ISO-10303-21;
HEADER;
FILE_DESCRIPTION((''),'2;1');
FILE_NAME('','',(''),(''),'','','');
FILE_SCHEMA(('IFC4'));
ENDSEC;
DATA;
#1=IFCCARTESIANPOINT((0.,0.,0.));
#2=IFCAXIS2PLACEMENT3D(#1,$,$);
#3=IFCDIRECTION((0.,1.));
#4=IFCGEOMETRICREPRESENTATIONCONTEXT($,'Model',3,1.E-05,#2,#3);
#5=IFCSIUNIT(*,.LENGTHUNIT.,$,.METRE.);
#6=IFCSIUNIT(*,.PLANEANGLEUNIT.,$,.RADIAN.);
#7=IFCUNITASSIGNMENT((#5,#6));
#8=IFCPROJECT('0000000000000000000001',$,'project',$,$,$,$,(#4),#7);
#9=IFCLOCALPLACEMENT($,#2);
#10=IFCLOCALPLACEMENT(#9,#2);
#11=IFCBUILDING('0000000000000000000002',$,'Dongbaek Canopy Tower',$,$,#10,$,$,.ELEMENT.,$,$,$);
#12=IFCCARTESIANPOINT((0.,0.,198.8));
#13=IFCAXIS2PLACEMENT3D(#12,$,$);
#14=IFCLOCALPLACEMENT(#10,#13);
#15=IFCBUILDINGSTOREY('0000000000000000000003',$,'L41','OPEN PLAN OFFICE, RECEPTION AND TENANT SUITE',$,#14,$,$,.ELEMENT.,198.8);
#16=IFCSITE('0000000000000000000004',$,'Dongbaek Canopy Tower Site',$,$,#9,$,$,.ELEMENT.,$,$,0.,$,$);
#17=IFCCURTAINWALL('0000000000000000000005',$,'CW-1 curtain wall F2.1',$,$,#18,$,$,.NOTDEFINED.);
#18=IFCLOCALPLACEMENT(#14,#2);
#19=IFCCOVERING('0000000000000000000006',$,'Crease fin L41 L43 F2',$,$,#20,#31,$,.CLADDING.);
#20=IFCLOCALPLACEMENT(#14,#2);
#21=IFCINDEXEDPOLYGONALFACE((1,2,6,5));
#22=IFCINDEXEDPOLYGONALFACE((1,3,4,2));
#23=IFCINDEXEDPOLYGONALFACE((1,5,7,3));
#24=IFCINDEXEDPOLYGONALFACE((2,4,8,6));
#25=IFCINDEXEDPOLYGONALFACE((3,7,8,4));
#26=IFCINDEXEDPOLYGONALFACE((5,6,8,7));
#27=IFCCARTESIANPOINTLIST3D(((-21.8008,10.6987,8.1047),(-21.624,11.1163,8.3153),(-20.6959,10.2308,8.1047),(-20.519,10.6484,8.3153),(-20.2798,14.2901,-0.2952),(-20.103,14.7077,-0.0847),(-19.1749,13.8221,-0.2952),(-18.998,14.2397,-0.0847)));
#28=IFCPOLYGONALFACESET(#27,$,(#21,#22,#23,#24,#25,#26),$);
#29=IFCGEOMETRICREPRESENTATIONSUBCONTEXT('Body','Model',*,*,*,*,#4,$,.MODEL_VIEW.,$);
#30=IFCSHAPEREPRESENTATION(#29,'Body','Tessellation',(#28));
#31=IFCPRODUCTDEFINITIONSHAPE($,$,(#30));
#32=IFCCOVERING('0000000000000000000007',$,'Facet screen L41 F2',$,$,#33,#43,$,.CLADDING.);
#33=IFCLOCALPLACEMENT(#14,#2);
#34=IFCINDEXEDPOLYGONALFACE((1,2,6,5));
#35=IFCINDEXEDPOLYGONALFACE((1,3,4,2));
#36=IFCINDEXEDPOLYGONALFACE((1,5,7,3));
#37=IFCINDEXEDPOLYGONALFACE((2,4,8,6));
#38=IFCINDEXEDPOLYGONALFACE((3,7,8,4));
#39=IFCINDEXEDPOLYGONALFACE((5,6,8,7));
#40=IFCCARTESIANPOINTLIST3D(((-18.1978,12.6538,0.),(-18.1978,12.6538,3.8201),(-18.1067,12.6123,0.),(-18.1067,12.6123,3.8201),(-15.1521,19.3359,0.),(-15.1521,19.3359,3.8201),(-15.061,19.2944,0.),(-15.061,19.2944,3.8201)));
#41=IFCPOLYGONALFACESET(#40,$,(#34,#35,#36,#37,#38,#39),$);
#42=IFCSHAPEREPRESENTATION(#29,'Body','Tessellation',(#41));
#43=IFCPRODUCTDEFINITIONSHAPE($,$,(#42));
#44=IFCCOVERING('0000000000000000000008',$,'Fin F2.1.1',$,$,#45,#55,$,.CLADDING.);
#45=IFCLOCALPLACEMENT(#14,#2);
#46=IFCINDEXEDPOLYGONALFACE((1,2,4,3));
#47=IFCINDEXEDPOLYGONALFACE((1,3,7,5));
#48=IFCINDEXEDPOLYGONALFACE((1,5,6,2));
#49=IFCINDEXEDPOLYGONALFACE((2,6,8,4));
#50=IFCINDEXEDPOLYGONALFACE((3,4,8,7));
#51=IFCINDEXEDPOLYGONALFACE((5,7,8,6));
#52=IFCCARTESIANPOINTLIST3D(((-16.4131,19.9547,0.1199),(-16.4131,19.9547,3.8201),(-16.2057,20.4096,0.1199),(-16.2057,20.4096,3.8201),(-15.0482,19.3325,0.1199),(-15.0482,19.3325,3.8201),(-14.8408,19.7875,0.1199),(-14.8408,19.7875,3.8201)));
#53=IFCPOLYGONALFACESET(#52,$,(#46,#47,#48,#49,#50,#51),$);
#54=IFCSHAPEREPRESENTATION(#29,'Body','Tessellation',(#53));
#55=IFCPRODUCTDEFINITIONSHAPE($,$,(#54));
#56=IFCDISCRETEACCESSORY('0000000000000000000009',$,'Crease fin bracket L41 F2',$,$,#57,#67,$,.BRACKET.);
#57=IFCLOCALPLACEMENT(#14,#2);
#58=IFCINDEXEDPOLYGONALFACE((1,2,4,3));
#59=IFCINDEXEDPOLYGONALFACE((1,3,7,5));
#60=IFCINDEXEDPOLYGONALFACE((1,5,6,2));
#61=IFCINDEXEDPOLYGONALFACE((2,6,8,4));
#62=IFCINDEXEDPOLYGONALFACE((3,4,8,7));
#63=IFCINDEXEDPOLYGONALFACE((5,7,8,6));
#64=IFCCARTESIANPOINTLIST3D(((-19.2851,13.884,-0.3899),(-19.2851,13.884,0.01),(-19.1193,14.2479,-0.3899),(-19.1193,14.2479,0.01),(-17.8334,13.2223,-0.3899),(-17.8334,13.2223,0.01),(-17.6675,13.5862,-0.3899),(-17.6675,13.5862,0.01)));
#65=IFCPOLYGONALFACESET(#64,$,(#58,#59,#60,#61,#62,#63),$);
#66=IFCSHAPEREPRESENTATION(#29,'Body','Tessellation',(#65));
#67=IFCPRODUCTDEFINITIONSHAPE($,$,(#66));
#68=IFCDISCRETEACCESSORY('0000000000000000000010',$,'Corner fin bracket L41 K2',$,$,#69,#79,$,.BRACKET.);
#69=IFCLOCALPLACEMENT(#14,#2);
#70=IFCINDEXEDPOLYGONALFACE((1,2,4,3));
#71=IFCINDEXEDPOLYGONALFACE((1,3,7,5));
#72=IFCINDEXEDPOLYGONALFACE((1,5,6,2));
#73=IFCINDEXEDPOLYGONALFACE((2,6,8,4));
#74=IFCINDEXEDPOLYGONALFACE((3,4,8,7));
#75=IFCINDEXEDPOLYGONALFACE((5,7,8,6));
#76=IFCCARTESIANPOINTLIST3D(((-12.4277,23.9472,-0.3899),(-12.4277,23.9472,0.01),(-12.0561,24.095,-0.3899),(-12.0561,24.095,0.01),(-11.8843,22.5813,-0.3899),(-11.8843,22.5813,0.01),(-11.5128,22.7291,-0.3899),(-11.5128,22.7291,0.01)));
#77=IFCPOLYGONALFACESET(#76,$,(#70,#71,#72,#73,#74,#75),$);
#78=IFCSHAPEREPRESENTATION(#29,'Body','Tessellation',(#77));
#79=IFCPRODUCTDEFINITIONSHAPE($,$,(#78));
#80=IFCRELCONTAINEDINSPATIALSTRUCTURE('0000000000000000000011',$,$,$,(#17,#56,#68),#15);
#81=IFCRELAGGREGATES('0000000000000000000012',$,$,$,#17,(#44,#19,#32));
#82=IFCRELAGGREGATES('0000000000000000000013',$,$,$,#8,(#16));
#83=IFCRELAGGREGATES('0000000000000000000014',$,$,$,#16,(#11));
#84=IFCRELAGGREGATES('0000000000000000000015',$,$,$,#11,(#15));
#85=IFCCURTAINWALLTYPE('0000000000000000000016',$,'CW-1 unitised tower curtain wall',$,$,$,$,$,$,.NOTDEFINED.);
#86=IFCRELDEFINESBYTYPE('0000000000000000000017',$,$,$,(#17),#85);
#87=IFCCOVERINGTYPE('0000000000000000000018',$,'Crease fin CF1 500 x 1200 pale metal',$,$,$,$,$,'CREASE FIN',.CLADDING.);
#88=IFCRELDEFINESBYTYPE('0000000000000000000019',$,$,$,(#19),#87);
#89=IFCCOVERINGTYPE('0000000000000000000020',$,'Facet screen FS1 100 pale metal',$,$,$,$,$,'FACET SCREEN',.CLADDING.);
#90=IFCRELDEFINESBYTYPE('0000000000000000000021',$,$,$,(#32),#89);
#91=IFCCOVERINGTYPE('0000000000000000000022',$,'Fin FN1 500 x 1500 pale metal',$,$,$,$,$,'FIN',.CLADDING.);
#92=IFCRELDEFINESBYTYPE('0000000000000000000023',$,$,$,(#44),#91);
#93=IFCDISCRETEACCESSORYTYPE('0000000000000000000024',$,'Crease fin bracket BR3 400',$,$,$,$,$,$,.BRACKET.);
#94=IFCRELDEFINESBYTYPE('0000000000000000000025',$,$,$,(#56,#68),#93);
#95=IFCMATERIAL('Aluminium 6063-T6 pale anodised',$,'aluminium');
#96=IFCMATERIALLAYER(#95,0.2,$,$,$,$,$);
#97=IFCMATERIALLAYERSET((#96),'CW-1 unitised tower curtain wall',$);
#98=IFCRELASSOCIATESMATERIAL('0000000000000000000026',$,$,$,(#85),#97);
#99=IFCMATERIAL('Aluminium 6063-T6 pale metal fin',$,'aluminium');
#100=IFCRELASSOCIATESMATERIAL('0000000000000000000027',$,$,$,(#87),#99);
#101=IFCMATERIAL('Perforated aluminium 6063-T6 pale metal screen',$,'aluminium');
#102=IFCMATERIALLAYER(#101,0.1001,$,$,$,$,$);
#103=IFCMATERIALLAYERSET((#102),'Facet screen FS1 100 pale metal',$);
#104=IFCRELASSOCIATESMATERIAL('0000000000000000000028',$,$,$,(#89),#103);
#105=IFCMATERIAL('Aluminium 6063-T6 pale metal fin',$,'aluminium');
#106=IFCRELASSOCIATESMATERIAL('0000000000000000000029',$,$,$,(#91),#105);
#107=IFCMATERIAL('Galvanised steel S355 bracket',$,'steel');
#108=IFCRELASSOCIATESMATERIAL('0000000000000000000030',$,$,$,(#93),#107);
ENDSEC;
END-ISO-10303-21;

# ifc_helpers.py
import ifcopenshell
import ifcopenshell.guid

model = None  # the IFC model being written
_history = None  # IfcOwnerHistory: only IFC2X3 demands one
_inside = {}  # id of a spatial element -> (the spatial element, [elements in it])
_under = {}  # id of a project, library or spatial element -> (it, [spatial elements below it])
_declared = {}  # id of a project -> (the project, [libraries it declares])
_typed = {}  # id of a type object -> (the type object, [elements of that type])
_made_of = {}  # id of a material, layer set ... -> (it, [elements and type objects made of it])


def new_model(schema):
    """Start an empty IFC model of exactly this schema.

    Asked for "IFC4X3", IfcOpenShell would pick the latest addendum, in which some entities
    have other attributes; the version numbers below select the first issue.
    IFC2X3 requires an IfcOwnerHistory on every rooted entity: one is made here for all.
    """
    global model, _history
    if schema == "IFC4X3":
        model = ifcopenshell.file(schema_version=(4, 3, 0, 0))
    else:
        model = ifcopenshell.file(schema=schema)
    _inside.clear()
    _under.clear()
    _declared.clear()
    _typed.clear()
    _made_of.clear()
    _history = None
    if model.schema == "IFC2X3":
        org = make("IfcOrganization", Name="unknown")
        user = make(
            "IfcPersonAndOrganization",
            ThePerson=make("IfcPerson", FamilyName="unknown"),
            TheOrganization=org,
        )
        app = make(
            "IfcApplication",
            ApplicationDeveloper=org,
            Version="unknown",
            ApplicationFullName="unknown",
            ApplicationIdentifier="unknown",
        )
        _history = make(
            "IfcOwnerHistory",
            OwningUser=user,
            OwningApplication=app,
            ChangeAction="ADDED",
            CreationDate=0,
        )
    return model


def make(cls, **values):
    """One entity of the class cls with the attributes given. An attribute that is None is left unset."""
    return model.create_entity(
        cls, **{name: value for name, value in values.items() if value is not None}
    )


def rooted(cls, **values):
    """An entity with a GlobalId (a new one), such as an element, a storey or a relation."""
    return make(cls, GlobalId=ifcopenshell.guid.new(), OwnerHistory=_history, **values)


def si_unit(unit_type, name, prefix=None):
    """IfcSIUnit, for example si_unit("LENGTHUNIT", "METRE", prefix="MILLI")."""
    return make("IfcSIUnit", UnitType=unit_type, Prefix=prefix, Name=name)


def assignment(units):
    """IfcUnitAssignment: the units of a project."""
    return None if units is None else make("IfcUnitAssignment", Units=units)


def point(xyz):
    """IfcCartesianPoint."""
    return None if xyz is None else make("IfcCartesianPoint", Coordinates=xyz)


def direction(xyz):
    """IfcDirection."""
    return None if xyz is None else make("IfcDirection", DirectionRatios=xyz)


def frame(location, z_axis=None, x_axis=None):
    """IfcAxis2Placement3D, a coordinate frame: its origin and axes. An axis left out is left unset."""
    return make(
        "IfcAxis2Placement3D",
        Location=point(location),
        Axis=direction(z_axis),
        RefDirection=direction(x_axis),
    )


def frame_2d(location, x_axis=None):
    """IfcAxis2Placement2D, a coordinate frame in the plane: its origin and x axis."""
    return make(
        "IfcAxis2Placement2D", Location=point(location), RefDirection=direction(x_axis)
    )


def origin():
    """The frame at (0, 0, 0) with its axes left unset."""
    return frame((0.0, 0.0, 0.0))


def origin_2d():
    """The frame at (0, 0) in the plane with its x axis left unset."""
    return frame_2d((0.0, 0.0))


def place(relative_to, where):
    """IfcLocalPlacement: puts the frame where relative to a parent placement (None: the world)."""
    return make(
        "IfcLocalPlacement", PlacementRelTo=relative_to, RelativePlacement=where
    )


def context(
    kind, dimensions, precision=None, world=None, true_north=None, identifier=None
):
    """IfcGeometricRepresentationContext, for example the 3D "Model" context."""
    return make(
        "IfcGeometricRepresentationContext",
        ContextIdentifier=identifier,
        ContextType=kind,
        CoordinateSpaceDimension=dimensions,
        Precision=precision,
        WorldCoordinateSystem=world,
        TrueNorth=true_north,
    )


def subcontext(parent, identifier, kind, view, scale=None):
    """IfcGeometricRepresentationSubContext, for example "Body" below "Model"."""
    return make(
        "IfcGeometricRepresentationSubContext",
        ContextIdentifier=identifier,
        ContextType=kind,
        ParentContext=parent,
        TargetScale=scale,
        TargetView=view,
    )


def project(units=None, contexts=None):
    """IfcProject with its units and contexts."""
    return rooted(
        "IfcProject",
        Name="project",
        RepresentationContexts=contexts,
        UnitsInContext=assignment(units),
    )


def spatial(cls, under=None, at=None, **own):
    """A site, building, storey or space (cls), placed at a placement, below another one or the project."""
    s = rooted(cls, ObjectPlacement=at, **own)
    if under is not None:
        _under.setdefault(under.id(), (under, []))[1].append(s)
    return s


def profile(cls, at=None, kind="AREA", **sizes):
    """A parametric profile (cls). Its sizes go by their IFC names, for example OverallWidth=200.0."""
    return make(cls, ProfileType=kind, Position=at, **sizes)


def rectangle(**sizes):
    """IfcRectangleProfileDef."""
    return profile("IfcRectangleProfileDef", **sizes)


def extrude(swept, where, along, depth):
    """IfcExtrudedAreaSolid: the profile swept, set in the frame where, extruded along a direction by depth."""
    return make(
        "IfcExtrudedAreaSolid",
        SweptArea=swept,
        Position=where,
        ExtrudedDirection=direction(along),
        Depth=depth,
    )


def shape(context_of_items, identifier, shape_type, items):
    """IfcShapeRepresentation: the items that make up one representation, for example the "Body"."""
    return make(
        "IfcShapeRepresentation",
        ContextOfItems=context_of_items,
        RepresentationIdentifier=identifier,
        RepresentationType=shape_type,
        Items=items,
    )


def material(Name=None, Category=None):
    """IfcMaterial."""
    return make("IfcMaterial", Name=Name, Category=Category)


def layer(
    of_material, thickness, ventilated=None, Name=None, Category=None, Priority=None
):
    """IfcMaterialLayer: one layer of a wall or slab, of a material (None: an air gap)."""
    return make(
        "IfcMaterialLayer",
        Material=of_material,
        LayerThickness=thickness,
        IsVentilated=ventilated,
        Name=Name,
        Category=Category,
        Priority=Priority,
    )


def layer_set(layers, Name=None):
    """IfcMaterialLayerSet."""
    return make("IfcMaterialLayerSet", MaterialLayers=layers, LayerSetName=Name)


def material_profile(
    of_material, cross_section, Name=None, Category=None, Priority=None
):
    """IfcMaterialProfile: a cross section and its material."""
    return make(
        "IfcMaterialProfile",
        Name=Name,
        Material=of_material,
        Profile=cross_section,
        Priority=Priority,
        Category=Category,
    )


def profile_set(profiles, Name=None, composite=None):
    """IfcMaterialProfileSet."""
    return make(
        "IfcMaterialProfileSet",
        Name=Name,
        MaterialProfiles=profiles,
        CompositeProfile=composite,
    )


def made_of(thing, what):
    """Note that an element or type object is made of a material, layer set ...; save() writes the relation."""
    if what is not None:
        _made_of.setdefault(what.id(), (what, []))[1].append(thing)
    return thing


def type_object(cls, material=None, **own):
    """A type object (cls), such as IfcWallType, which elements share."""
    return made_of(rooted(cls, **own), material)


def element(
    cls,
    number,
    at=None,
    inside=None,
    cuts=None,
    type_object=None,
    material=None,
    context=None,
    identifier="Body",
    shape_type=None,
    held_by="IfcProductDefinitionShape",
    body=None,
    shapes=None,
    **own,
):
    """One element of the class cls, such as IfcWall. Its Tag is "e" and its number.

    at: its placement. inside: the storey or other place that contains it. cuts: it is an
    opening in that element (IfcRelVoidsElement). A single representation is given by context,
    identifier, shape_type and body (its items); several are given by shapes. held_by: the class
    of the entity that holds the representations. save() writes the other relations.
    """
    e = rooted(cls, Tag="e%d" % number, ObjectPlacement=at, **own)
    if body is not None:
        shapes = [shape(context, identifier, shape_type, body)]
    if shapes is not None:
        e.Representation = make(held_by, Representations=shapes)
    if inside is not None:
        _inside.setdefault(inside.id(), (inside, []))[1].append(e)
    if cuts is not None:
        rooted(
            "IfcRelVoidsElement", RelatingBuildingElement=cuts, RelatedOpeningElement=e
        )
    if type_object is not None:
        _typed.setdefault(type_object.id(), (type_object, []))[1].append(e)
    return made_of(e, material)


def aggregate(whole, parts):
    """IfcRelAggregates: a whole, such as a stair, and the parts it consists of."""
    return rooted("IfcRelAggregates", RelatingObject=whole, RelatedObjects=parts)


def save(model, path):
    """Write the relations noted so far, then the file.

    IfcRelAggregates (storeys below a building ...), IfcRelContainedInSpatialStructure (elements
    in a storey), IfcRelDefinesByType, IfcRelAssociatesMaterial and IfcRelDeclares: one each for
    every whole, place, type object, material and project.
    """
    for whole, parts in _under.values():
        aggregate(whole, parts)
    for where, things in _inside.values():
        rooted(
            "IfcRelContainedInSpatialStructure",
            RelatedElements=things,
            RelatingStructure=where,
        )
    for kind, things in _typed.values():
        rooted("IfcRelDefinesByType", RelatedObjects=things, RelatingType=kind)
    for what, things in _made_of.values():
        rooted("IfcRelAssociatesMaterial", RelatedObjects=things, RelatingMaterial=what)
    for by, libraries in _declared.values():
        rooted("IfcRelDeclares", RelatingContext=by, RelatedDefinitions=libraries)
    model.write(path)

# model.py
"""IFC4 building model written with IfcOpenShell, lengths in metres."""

from ifc_helpers import new_model, si_unit, direction, frame, origin, origin_2d, place, context, subcontext, project, spatial, rectangle, extrude, material, layer, layer_set, material_profile, profile_set, type_object, element, aggregate, save


model = new_model("IFC4")

# Units and contexts
model_context = context("Model", 3, precision=1e-05, world=origin(), true_north=direction((0.0, 1.0)))
body_context = subcontext(model_context, "Body", "Model", "MODEL_VIEW")
ifc_project = project(units=[si_unit("LENGTHUNIT", "METRE"), si_unit("PLANEANGLEUNIT", "RADIAN")], contexts=[model_context])

# Site, building, storey
site_placement = place(None, origin())
site = spatial("IfcSite", under=ifc_project, at=site_placement, Name="Dongbaek Canopy Tower Site", CompositionType="ELEMENT", RefElevation=0.0)
building_placement = place(site_placement, origin())
building = spatial("IfcBuilding", under=site, at=building_placement, Name="Dongbaek Canopy Tower", CompositionType="ELEMENT")
storey_placement = place(building_placement, frame((0.0, 0.0, 198.8)))
storey = spatial("IfcBuildingStorey", under=building, at=storey_placement, Name="L41", Description="OPEN PLAN OFFICE, RECEPTION AND TENANT SUITE", CompositionType="ELEMENT", Elevation=198.8)

# Curtain wall
ifc_material_1 = material(Name="Aluminium 6063-T6 pale anodised", Category="aluminium")
ifc_layer_1 = layer(ifc_material_1, 0.2)
ifc_layer_set_1 = layer_set([ifc_layer_1], Name="CW-1 unitised tower curtain wall")
curtain_wall_type = type_object("IfcCurtainWallType", Name="CW-1 unitised tower curtain wall", PredefinedType="NOTDEFINED", material=ifc_layer_set_1)
curtain_wall_1_placement = place(storey_placement, origin())
curtain_wall_1 = element("IfcCurtainWall", 1, at=curtain_wall_1_placement, inside=storey, type_object=curtain_wall_type, Name="CW-1 curtain wall F2.1", PredefinedType="NOTDEFINED")

# Coverings
ifc_material_2 = material(Name="Aluminium 6063-T6 pale metal fin", Category="aluminium")
ifc_material_profile_1 = material_profile(ifc_material_2, rectangle(XDim=1.2, YDim=0.5, at=origin_2d()), Name="Crease fin CF1 500 x 1200 pale metal")
ifc_profile_set_1 = profile_set([ifc_material_profile_1], Name="Aluminium 6063-T6 pale metal fin")
covering_type_1 = type_object("IfcCoveringType", Name="Crease fin CF1 500 x 1200 pale metal", ElementType="CREASE FIN", PredefinedType="CLADDING", material=ifc_profile_set_1)
covering_1_placement = place(storey_placement, frame((-19.6389, 14.2649, -0.1899), z_axis=(-0.164234, -0.387781, 0.907002), x_axis=(0.92082, -0.389987, 0.0)))
covering_1 = element("IfcCovering", 2, at=covering_1_placement, type_object=covering_type_1, Name="Crease fin L41 L43 F2", PredefinedType="CLADDING", context=body_context, shape_type="SweptSolid", body=[
    extrude(rectangle(XDim=1.2, YDim=0.5, at=origin_2d()), origin(), (0.0, 0.0, 1.0), 9.2612),
])
ifc_material_3 = material(Name="Perforated aluminium 6063-T6 pale metal screen", Category="aluminium")
ifc_layer_2 = layer(ifc_material_3, 0.1001)
ifc_layer_set_2 = layer_set([ifc_layer_2], Name="Facet screen FS1 100 pale metal")
covering_type_2 = type_object("IfcCoveringType", Name="Facet screen FS1 100 pale metal", ElementType="FACET SCREEN", PredefinedType="CLADDING", material=ifc_layer_set_2)
covering_2_placement = place(storey_placement, frame((-16.6294, 15.9741, 0.0), z_axis=(0.0, 0.0, 1.0), x_axis=(-0.414755, -0.909933, 0.0)))
covering_2 = element("IfcCovering", 3, at=covering_2_placement, type_object=covering_type_2, Name="Facet screen L41 F2", PredefinedType="CLADDING", context=body_context, shape_type="SweptSolid", body=[
    extrude(rectangle(XDim=7.3435, YDim=0.1001, at=origin_2d()), origin(), (0.0, 0.0, 1.0), 3.8201),
])
ifc_material_4 = material(Name="Aluminium 6063-T6 pale metal fin", Category="aluminium")
ifc_material_profile_2 = material_profile(ifc_material_4, rectangle(XDim=1.5, YDim=0.5, at=origin_2d()), Name="Fin FN1 500 x 1500 pale metal")
ifc_profile_set_2 = profile_set([ifc_material_profile_2], Name="Aluminium 6063-T6 pale metal fin")
covering_type_3 = type_object("IfcCoveringType", Name="Fin FN1 500 x 1500 pale metal", ElementType="FIN", PredefinedType="CLADDING", material=ifc_profile_set_2)
covering_3_placement = place(storey_placement, frame((-15.627, 19.8711, 0.1199), z_axis=(0.0, 0.0, 1.0), x_axis=(-0.909933, 0.414755, 0.0)))
covering_3 = element("IfcCovering", 4, at=covering_3_placement, type_object=covering_type_3, Name="Fin F2.1.1", PredefinedType="CLADDING", context=body_context, shape_type="SweptSolid", body=[
    extrude(rectangle(XDim=1.5, YDim=0.5, at=origin_2d()), origin(), (0.0, 0.0, 1.0), 3.7002),
])
aggregate(curtain_wall_1, [covering_3, covering_1, covering_2])

# Discrete accessories
ifc_material_5 = material(Name="Galvanised steel S355 bracket", Category="steel")
discrete_accessory_type = type_object("IfcDiscreteAccessoryType", Name="Crease fin bracket BR3 400", PredefinedType="BRACKET", material=ifc_material_5)
discrete_accessory_1_placement = place(storey_placement, frame((-18.4763, 13.7351, -0.3899), z_axis=(0.0, 0.0, 1.0), x_axis=(-0.909933, 0.414755, 0.0)))
element("IfcDiscreteAccessory", 5, at=discrete_accessory_1_placement, inside=storey, type_object=discrete_accessory_type, Name="Crease fin bracket L41 F2", PredefinedType="BRACKET", context=body_context, shape_type="SweptSolid", body=[
    extrude(rectangle(XDim=1.5955, YDim=0.3999, at=origin_2d()), origin(), (0.0, 0.0, 1.0), 0.3999),
])
discrete_accessory_2_placement = place(storey_placement, frame((-11.9702, 23.3381, -0.3899), z_axis=(0.0, 0.0, 1.0), x_axis=(-0.369611, 0.929187, 0.0)))
element("IfcDiscreteAccessory", 6, at=discrete_accessory_2_placement, inside=storey, type_object=discrete_accessory_type, Name="Corner fin bracket L41 K2", PredefinedType="BRACKET", context=body_context, shape_type="SweptSolid", body=[
    extrude(rectangle(XDim=1.47, YDim=0.3999, at=origin_2d()), origin(), (0.0, 0.0, 1.0), 0.3999),
])

save(model, "model.ifc")
